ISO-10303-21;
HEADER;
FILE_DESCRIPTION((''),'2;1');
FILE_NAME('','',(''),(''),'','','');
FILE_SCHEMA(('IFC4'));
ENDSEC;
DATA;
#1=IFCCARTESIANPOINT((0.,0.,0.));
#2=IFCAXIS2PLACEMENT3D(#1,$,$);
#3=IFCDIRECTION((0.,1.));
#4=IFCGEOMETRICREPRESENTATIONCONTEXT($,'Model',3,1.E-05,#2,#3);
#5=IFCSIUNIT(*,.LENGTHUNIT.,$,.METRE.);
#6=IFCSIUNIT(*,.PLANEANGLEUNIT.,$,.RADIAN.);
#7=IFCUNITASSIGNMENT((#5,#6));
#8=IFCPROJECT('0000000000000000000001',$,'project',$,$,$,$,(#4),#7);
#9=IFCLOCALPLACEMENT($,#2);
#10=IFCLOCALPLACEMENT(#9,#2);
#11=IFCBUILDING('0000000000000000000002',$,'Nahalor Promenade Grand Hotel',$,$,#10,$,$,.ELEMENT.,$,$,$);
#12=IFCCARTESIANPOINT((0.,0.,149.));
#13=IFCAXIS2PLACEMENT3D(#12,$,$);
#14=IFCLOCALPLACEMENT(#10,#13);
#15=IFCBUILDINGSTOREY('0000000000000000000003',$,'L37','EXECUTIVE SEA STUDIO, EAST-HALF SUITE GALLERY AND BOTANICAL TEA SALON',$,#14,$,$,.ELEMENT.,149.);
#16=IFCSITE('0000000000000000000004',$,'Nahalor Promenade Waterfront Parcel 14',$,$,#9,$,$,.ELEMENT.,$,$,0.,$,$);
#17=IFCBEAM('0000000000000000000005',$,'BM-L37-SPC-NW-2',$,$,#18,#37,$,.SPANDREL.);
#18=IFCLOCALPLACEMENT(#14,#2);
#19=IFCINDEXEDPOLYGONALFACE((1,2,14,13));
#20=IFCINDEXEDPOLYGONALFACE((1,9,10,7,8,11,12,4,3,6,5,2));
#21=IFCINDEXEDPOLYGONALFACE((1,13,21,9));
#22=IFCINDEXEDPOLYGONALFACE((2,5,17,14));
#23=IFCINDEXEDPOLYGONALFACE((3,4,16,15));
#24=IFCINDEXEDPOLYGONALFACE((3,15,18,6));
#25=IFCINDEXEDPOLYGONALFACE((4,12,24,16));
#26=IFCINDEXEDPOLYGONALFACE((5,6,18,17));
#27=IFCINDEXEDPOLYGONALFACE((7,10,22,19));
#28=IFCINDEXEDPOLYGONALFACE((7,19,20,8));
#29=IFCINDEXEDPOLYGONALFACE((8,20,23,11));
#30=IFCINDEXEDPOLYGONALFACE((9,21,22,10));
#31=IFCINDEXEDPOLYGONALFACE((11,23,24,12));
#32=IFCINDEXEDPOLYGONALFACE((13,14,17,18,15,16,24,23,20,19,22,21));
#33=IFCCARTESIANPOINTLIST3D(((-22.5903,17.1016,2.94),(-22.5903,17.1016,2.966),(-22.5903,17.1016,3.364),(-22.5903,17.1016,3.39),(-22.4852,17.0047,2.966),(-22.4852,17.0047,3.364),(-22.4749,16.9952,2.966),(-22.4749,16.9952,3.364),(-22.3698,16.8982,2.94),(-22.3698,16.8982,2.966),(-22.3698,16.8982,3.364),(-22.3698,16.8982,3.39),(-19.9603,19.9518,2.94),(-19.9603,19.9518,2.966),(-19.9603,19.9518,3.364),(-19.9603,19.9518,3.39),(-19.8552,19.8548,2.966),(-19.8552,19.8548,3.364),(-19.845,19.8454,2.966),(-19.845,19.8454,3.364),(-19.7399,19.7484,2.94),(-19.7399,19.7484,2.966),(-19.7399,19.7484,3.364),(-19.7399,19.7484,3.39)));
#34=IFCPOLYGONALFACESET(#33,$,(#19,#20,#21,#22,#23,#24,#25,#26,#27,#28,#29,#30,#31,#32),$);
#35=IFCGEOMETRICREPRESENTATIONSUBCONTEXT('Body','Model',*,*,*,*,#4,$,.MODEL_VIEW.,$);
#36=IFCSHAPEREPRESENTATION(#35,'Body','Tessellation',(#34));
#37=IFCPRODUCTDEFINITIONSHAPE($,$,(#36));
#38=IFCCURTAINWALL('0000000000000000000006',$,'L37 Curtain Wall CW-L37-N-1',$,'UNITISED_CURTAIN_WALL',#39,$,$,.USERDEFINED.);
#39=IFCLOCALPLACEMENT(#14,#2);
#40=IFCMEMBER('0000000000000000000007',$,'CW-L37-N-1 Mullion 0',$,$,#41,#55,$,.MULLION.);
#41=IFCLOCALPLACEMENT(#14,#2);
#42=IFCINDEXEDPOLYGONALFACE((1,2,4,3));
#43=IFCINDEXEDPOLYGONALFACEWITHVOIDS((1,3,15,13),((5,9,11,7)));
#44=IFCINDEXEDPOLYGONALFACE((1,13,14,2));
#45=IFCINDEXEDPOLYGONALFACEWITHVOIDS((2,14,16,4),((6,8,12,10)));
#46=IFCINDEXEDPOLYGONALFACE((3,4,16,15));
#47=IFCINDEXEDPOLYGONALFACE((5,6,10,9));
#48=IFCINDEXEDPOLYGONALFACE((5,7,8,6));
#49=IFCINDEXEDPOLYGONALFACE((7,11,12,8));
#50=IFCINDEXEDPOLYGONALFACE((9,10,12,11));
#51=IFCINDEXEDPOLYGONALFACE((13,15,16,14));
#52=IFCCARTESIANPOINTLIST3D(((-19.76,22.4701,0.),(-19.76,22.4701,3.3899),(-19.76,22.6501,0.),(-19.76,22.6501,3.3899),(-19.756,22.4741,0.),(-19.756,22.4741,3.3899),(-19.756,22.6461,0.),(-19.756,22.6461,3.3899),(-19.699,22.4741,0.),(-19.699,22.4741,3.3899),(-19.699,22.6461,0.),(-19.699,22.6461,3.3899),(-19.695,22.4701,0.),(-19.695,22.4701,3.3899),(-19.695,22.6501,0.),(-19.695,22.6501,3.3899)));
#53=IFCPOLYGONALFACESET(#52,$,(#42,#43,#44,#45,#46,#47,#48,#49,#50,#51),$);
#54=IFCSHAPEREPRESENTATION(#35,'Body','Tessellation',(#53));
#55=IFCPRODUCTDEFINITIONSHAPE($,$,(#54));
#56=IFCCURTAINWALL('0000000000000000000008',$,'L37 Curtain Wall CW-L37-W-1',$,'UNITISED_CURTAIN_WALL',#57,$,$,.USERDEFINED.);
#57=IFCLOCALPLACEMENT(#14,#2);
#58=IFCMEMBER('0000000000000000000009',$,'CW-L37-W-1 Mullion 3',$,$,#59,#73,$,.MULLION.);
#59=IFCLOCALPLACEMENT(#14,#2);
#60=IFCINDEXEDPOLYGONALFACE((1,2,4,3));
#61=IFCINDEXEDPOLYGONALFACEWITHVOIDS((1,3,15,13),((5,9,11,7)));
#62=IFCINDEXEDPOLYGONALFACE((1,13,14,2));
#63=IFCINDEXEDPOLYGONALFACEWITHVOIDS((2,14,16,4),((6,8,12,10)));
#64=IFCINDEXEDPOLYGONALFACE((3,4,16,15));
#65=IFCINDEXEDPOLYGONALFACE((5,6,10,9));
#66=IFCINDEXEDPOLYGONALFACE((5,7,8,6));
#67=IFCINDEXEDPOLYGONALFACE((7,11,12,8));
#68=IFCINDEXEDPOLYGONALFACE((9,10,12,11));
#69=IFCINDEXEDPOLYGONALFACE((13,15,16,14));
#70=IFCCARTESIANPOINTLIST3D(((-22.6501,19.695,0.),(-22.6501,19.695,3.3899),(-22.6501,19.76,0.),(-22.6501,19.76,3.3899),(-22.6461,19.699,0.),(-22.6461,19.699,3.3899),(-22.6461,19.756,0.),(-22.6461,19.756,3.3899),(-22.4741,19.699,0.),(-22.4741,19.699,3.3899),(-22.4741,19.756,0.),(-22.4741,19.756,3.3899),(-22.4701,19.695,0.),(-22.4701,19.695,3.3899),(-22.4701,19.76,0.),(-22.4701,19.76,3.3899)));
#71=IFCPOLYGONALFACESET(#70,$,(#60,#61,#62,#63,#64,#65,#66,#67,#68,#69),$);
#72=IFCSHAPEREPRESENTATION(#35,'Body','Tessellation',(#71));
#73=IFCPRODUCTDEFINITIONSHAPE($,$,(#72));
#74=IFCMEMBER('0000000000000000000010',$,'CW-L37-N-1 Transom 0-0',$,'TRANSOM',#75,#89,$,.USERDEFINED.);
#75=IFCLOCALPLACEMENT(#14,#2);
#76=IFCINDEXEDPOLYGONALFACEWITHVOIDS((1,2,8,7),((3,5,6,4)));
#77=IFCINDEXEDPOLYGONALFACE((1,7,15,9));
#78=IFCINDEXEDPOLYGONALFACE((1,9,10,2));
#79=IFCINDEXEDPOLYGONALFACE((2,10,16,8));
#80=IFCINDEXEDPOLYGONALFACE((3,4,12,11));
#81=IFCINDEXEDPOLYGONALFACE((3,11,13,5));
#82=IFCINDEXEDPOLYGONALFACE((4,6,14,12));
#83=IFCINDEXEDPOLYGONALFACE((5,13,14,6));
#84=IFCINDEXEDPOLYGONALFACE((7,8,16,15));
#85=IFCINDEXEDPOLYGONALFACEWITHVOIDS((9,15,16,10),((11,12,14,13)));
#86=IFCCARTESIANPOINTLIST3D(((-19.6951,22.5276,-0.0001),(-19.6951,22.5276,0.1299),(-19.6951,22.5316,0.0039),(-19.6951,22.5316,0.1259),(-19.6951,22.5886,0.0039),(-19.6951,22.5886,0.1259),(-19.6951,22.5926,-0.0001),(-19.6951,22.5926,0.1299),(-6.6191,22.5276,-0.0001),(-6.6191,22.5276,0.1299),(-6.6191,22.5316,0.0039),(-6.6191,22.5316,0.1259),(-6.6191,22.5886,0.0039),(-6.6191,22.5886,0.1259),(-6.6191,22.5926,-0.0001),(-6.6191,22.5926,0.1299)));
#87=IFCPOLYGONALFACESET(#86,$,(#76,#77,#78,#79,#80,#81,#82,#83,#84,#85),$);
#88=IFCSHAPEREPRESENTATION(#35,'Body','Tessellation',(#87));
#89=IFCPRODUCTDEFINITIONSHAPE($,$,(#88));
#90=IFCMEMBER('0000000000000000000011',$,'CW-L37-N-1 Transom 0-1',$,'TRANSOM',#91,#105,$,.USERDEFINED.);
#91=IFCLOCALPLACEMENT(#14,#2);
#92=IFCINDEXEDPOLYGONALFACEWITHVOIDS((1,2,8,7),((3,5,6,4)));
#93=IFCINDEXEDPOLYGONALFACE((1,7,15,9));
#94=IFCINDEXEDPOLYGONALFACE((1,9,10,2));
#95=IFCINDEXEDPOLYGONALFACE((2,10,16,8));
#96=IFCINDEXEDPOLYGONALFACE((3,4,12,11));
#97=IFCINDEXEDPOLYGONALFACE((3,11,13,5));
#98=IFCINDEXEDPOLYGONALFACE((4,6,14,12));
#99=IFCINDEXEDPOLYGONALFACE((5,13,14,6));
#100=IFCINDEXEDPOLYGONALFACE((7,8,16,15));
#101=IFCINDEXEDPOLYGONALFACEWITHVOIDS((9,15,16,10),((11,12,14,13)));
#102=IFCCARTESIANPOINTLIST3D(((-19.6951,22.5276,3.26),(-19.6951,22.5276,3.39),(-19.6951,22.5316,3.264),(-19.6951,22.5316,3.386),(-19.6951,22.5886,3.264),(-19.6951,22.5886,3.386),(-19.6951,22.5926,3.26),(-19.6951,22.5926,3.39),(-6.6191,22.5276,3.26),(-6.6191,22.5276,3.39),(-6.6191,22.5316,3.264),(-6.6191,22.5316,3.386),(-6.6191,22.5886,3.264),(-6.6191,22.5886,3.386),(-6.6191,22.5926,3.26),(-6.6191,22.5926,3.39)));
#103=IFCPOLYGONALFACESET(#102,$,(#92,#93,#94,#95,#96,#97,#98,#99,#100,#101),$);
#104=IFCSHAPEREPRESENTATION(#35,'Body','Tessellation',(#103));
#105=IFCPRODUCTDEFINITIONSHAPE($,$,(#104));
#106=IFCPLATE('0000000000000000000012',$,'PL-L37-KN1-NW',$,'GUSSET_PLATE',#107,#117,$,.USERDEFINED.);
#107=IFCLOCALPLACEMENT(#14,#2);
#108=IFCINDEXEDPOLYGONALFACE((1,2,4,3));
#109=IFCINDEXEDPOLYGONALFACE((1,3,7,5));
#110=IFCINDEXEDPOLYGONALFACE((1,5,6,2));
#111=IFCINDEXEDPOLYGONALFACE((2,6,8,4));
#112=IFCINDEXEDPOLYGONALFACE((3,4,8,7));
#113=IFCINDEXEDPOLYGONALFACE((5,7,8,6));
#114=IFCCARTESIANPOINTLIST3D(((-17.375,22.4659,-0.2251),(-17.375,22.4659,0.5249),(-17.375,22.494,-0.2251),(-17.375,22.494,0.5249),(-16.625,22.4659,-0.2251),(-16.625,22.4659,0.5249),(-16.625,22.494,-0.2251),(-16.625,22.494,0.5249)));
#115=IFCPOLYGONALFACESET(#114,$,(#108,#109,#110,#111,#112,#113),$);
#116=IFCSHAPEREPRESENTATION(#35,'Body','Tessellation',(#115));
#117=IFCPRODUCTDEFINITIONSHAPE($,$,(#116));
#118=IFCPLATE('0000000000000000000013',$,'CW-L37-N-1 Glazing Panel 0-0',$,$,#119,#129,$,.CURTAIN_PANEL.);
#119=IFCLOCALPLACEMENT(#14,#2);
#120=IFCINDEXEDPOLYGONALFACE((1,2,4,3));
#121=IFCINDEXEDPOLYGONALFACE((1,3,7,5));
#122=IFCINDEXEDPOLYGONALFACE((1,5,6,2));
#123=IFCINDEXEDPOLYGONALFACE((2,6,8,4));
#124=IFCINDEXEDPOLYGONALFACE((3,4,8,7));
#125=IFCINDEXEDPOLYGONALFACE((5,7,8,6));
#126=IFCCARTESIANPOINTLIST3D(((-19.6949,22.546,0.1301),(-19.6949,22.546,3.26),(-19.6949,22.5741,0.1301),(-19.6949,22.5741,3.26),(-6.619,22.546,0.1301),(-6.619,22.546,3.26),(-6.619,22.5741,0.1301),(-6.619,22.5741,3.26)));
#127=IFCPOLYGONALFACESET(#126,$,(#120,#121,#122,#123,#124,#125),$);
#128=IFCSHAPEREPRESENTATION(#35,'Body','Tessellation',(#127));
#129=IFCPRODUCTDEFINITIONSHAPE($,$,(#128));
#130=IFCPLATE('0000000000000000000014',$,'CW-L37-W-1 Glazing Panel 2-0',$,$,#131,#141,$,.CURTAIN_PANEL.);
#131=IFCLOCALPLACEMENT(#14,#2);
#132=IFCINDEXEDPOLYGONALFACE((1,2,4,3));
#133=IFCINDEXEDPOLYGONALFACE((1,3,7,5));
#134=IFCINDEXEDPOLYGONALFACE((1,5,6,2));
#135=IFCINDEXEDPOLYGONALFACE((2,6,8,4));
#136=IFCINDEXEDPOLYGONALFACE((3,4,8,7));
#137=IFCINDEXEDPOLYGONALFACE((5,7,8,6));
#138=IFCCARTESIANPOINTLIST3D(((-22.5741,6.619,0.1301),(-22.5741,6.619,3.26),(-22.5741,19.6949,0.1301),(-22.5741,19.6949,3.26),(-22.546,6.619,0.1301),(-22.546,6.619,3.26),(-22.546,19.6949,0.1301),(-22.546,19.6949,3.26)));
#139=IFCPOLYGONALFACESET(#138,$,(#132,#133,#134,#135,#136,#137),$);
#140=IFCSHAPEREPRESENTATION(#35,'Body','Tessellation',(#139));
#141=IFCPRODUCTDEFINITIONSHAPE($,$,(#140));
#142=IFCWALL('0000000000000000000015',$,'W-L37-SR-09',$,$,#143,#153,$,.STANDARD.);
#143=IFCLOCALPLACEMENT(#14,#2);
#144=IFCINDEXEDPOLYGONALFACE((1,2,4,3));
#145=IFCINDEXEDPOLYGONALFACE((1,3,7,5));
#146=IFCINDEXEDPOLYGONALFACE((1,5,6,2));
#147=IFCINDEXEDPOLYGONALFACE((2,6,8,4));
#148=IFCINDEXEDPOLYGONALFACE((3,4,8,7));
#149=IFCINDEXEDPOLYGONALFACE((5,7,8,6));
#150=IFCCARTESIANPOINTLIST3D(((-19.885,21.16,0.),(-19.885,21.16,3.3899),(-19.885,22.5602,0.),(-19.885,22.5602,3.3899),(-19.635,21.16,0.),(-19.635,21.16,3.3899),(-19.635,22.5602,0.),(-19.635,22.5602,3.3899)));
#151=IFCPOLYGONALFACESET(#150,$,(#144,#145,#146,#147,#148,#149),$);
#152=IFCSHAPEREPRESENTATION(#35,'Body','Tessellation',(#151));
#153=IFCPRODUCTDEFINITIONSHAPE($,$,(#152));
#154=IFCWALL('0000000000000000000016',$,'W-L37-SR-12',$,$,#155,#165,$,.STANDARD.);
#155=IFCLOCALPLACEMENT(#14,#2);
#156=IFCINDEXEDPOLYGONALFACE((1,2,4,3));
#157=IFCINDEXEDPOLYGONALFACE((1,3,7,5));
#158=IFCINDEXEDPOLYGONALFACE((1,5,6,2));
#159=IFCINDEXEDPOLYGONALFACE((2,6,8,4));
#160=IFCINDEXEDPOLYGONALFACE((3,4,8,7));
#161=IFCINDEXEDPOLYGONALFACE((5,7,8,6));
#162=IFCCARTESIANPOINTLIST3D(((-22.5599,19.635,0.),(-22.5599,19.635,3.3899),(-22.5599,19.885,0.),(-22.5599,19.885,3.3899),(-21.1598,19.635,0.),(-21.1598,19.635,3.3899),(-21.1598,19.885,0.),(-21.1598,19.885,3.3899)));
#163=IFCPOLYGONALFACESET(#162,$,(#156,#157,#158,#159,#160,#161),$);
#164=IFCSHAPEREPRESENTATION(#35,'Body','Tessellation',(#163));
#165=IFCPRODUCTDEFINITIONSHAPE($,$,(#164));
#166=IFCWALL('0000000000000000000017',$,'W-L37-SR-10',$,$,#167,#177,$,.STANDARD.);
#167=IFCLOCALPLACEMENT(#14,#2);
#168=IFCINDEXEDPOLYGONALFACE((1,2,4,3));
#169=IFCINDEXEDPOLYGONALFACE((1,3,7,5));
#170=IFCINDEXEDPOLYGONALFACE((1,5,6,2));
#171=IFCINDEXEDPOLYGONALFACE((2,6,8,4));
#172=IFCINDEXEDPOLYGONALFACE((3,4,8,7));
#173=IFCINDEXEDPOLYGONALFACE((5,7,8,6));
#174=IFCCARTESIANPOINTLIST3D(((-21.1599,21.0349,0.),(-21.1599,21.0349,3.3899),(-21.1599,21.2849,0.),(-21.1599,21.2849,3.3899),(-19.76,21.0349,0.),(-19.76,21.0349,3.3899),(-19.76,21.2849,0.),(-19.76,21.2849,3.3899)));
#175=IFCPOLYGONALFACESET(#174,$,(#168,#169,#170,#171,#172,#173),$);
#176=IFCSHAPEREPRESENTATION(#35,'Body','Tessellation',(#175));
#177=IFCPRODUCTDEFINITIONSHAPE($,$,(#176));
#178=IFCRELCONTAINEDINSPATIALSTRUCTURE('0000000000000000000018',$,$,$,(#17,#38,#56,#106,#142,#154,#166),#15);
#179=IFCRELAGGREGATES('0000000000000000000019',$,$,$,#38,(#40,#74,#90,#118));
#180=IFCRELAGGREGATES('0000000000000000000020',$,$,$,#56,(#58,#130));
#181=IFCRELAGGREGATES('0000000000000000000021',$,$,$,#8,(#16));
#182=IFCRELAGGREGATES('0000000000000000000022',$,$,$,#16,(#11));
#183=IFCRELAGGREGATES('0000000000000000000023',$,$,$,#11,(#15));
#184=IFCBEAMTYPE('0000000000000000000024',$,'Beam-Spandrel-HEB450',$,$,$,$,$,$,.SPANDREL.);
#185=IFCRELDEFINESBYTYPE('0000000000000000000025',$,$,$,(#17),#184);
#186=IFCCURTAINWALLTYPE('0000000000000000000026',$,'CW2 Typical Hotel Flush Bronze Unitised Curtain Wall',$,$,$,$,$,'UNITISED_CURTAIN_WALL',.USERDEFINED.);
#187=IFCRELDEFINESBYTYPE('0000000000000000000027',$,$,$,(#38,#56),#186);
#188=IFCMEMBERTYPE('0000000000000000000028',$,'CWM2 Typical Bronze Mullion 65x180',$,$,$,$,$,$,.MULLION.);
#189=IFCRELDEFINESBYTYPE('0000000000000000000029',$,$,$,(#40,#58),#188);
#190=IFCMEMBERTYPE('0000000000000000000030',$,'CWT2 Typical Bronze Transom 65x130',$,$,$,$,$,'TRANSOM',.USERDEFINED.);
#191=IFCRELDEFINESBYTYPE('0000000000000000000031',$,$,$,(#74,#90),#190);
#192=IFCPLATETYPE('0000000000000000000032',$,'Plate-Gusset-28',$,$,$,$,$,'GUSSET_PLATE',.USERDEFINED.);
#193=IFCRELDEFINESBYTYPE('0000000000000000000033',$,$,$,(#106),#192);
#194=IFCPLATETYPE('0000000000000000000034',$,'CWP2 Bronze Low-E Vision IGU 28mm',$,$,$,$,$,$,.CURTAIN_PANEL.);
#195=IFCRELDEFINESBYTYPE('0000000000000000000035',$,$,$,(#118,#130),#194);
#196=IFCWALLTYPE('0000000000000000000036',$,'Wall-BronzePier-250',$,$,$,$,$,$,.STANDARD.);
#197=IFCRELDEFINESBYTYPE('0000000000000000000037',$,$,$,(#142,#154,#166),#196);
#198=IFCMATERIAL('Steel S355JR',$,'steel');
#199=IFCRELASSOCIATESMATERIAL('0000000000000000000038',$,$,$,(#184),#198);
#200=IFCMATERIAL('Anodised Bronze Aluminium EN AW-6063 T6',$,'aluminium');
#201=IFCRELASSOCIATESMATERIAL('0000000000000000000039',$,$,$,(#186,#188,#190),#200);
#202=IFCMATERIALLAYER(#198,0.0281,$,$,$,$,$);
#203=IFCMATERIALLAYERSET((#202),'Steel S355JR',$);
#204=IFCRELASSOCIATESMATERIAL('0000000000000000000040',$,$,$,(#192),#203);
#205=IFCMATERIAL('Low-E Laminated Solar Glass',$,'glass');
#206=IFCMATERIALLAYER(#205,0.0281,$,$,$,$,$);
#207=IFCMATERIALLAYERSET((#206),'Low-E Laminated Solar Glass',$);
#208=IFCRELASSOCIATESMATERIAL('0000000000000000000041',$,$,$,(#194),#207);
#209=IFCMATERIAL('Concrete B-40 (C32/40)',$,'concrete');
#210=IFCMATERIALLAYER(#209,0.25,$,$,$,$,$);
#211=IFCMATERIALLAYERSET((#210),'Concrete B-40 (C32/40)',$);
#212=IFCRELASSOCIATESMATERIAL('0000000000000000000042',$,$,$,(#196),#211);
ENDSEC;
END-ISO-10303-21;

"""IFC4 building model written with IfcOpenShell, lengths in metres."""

from ifc_helpers import new_model, si_unit, direction, frame, frame_2d, origin, origin_2d, place, context, subcontext, project, spatial, rectangle, hollow_rectangle, i_section, extrude, source, transform, mapped, material, layer, layer_set, material_profile, profile_set, type_object, element, aggregate, save


model = new_model("IFC4")

# Units and contexts
model_context = context("Model", 3, precision=1e-05, world=origin(), true_north=direction((0.0, 1.0)))
body_context = subcontext(model_context, "Body", "Model", "MODEL_VIEW")
ifc_project = project(units=[si_unit("LENGTHUNIT", "METRE"), si_unit("PLANEANGLEUNIT", "RADIAN")], contexts=[model_context])

# Site, building, storey
site_placement = place(None, origin())
site = spatial("IfcSite", under=ifc_project, at=site_placement, Name="Nahalor Promenade Waterfront Parcel 14", CompositionType="ELEMENT", RefElevation=0.0)
building_placement = place(site_placement, origin())
building = spatial("IfcBuilding", under=site, at=building_placement, Name="Nahalor Promenade Grand Hotel", CompositionType="ELEMENT")
storey_placement = place(building_placement, frame((0.0, 0.0, 149.0)))
storey = spatial("IfcBuildingStorey", under=building, at=storey_placement, Name="L37", Description="EXECUTIVE SEA STUDIO, EAST-HALF SUITE GALLERY AND BOTANICAL TEA SALON", CompositionType="ELEMENT", Elevation=149.0)

# Beam
ifc_material_1 = material(Name="Steel S355JR", Category="steel")
ifc_material_profile_1 = material_profile(ifc_material_1, i_section(OverallWidth=0.3, OverallDepth=0.45, WebThickness=0.014, FlangeThickness=0.026, at=origin_2d()), Name="HEB 450")
ifc_profile_set_1 = profile_set([ifc_material_profile_1], Name="Steel S355JR")
beam_type_1 = type_object("IfcBeamType", Name="Beam-Spandrel-HEB450", PredefinedType="SPANDREL", material=ifc_profile_set_1)
shared_shape_1 = source(origin(), body_context, "Body", "SweptSolid", [
    extrude(i_section(OverallWidth=0.3, OverallDepth=0.45, WebThickness=0.014, FlangeThickness=0.026, at=origin_2d()), origin(), (0.0, 0.0, 1.0), 3.8782),
])
for number, where, z_axis, x_axis, name in (
    (1, (-19.8501, 19.8501, 3.165), (-0.678144, -0.734929, 0.0), (0.734929, -0.678144, 0.0), "BM-L37-SPC-NW-2"),
):
    element("IfcBeam", number, at=place(storey_placement, frame(where, z_axis=z_axis, x_axis=x_axis)), inside=storey, type_object=beam_type_1, Name=name, PredefinedType="SPANDREL", context=body_context, shape_type="MappedRepresentation", body=[
        mapped(shared_shape_1, transform((0.0, 0.0, 0.0), scale=1.0)),
    ])

# Curtain walls, members
ifc_material_2 = material(Name="Anodised Bronze Aluminium EN AW-6063 T6", Category="aluminium")
curtain_wall_type = type_object("IfcCurtainWallType", Name="CW2 Typical Hotel Flush Bronze Unitised Curtain Wall", ElementType="UNITISED_CURTAIN_WALL", PredefinedType="USERDEFINED", material=ifc_material_2)
curtain_wall_1_placement = place(storey_placement, origin())
curtain_wall_1 = element("IfcCurtainWall", 2, at=curtain_wall_1_placement, inside=storey, type_object=curtain_wall_type, Name="L37 Curtain Wall CW-L37-N-1", ObjectType="UNITISED_CURTAIN_WALL", PredefinedType="USERDEFINED")
ifc_material_profile_2 = material_profile(ifc_material_2, hollow_rectangle(XDim=0.065, YDim=0.18, WallThickness=0.004, at=origin_2d()), Name="CWM 65x180x4")
ifc_profile_set_2 = profile_set([ifc_material_profile_2], Name="Anodised Bronze Aluminium EN AW-6063 T6")
member_type_1 = type_object("IfcMemberType", Name="CWM2 Typical Bronze Mullion 65x180", PredefinedType="MULLION", material=ifc_profile_set_2)
shared_shape_2 = source(origin(), body_context, "Body", "SweptSolid", [
    extrude(hollow_rectangle(XDim=0.065, YDim=0.18, WallThickness=0.004, at=origin_2d()), origin(), (0.0, 0.0, 1.0), 3.3899),
])
member_1_placement = place(storey_placement, frame((-19.7275, 22.5601, 0.0), z_axis=(0.0, 0.0, 1.0), x_axis=(1.0, 0.0, 0.0)))
member_1 = element("IfcMember", 3, at=member_1_placement, type_object=member_type_1, Name="CW-L37-N-1 Mullion 0", PredefinedType="MULLION", context=body_context, shape_type="MappedRepresentation", body=[
    mapped(shared_shape_2, transform((0.0, 0.0, 0.0), scale=1.0)),
])
curtain_wall_2_placement = place(storey_placement, origin())
curtain_wall_2 = element("IfcCurtainWall", 4, at=curtain_wall_2_placement, inside=storey, type_object=curtain_wall_type, Name="L37 Curtain Wall CW-L37-W-1", ObjectType="UNITISED_CURTAIN_WALL", PredefinedType="USERDEFINED")
member_2_placement = place(storey_placement, frame((-22.5601, 19.7275, 0.0), z_axis=(0.0, 0.0, 1.0), x_axis=(0.0, 1.0, 0.0)))
member_2 = element("IfcMember", 5, at=member_2_placement, type_object=member_type_1, Name="CW-L37-W-1 Mullion 3", PredefinedType="MULLION", context=body_context, shape_type="MappedRepresentation", body=[
    mapped(shared_shape_2, transform((0.0, 0.0, 0.0), scale=1.0)),
])

# Members
ifc_material_profile_3 = material_profile(ifc_material_2, hollow_rectangle(XDim=0.065, YDim=0.13, WallThickness=0.004, at=origin_2d()), Name="CWT 65x130x4")
ifc_profile_set_3 = profile_set([ifc_material_profile_3], Name="Anodised Bronze Aluminium EN AW-6063 T6")
member_type_2 = type_object("IfcMemberType", Name="CWT2 Typical Bronze Transom 65x130", ElementType="TRANSOM", PredefinedType="USERDEFINED", material=ifc_profile_set_3)
shared_shape_3 = source(origin(), body_context, "Body", "SweptSolid", [
    extrude(hollow_rectangle(XDim=0.065, YDim=0.13, WallThickness=0.004, at=origin_2d()), origin(), (0.0, 0.0, 1.0), 13.0759),
])
member_3_placement = place(storey_placement, frame((-19.6951, 22.5601, 0.0649), z_axis=(1.0, 0.0, 0.0), x_axis=(0.0, 1.0, 0.0)))
member_3 = element("IfcMember", 6, at=member_3_placement, type_object=member_type_2, Name="CW-L37-N-1 Transom 0-0", ObjectType="TRANSOM", PredefinedType="USERDEFINED", context=body_context, shape_type="MappedRepresentation", body=[
    mapped(shared_shape_3, transform((0.0, 0.0, 0.0), scale=1.0)),
])
member_4_placement = place(storey_placement, frame((-19.6951, 22.5601, 3.325), z_axis=(1.0, 0.0, 0.0), x_axis=(0.0, 1.0, 0.0)))
member_4 = element("IfcMember", 7, at=member_4_placement, type_object=member_type_2, Name="CW-L37-N-1 Transom 0-1", ObjectType="TRANSOM", PredefinedType="USERDEFINED", context=body_context, shape_type="MappedRepresentation", body=[
    mapped(shared_shape_3, transform((0.0, 0.0, 0.0), scale=1.0)),
])

# Plates
ifc_layer_1 = layer(ifc_material_1, 0.0281)
ifc_layer_set_1 = layer_set([ifc_layer_1], Name="Steel S355JR")
plate_type_1 = type_object("IfcPlateType", Name="Plate-Gusset-28", ElementType="GUSSET_PLATE", PredefinedType="USERDEFINED", material=ifc_layer_set_1)
shared_shape_4 = source(origin(), body_context, "Body", "SweptSolid", [
    extrude(rectangle(XDim=0.75, YDim=0.0281, at=origin_2d()), origin(), (0.0, 0.0, 1.0), 0.75),
])
plate_1_placement = place(storey_placement, frame((-17.0, 22.48, -0.2251), z_axis=(0.0, 0.0, 1.0), x_axis=(1.0, 0.0, 0.0)))
element("IfcPlate", 8, at=plate_1_placement, inside=storey, type_object=plate_type_1, Name="PL-L37-KN1-NW", ObjectType="GUSSET_PLATE", PredefinedType="USERDEFINED", context=body_context, shape_type="MappedRepresentation", body=[
    mapped(shared_shape_4, transform((0.0, 0.0, 0.0), scale=1.0)),
])
ifc_material_3 = material(Name="Low-E Laminated Solar Glass", Category="glass")
ifc_layer_2 = layer(ifc_material_3, 0.0281)
ifc_layer_set_2 = layer_set([ifc_layer_2], Name="Low-E Laminated Solar Glass")
plate_type_2 = type_object("IfcPlateType", Name="CWP2 Bronze Low-E Vision IGU 28mm", PredefinedType="CURTAIN_PANEL", material=ifc_layer_set_2)
shared_shape_5 = source(origin(), body_context, "Body", "SweptSolid", [
    extrude(rectangle(XDim=13.0759, YDim=0.0281, at=origin_2d()), origin(), (0.0, 0.0, 1.0), 3.1299),
])
plate_2_placement = place(storey_placement, frame((-13.157, 22.5601, 0.1301), z_axis=(0.0, 0.0, 1.0), x_axis=(1.0, 0.0, 0.0)))
plate_2 = element("IfcPlate", 9, at=plate_2_placement, type_object=plate_type_2, Name="CW-L37-N-1 Glazing Panel 0-0", PredefinedType="CURTAIN_PANEL", context=body_context, shape_type="MappedRepresentation", body=[
    mapped(shared_shape_5, transform((0.0, 0.0, 0.0), scale=1.0)),
])
aggregate(curtain_wall_1, [member_1, member_3, member_4, plate_2])
plate_3_placement = place(storey_placement, frame((-22.5601, 13.157, 0.1301), z_axis=(0.0, 0.0, 1.0), x_axis=(0.0, 1.0, 0.0)))
plate_3 = element("IfcPlate", 10, at=plate_3_placement, type_object=plate_type_2, Name="CW-L37-W-1 Glazing Panel 2-0", PredefinedType="CURTAIN_PANEL", context=body_context, shape_type="MappedRepresentation", body=[
    mapped(shared_shape_5, transform((0.0, 0.0, 0.0), scale=1.0)),
])
aggregate(curtain_wall_2, [member_2, plate_3])

# Walls
ifc_material_4 = material(Name="Concrete B-40 (C32/40)", Category="concrete")
ifc_layer_3 = layer(ifc_material_4, 0.25)
ifc_layer_set_3 = layer_set([ifc_layer_3], Name="Concrete B-40 (C32/40)")
wall_type_1 = type_object("IfcWallType", Name="Wall-BronzePier-250", PredefinedType="STANDARD", material=ifc_layer_set_3)
shared_shape_6 = source(origin(), body_context, "Body", "SweptSolid", [
    extrude(rectangle(XDim=1.4001, YDim=0.25, at=frame_2d((0.7002, 0.0))), origin(), (0.0, 0.0, 1.0), 3.3899),
])
for number, where, z_axis, x_axis, name in (
    (11, (-19.76, 21.1599, 0.0), (0.0, 0.0, 1.0), (0.0, 1.0, 0.0), "W-L37-SR-09"),
    (12, (-22.5601, 19.76, 0.0), (0.0, 0.0, 1.0), (1.0, 0.0, 0.0), "W-L37-SR-12"),
):
    element("IfcWall", number, at=place(storey_placement, frame(where, z_axis=z_axis, x_axis=x_axis)), inside=storey, type_object=wall_type_1, Name=name, PredefinedType="STANDARD", context=body_context, shape_type="MappedRepresentation", body=[
        mapped(shared_shape_6, transform((0.0, 0.0, 0.0), scale=1.0)),
    ])
shared_shape_7 = source(origin(), body_context, "Body", "SweptSolid", [
    extrude(rectangle(XDim=1.3999, YDim=0.25, at=frame_2d((0.7, 0.0))), origin(), (0.0, 0.0, 1.0), 3.3899),
])
for number, where, z_axis, x_axis, name in (
    (13, (-21.1599, 21.1599, 0.0), (0.0, 0.0, 1.0), (1.0, 0.0, 0.0), "W-L37-SR-10"),
):
    element("IfcWall", number, at=place(storey_placement, frame(where, z_axis=z_axis, x_axis=x_axis)), inside=storey, type_object=wall_type_1, Name=name, PredefinedType="STANDARD", context=body_context, shape_type="MappedRepresentation", body=[
        mapped(shared_shape_7, transform((0.0, 0.0, 0.0), scale=1.0)),
    ])

save(model, "model.ifc")
